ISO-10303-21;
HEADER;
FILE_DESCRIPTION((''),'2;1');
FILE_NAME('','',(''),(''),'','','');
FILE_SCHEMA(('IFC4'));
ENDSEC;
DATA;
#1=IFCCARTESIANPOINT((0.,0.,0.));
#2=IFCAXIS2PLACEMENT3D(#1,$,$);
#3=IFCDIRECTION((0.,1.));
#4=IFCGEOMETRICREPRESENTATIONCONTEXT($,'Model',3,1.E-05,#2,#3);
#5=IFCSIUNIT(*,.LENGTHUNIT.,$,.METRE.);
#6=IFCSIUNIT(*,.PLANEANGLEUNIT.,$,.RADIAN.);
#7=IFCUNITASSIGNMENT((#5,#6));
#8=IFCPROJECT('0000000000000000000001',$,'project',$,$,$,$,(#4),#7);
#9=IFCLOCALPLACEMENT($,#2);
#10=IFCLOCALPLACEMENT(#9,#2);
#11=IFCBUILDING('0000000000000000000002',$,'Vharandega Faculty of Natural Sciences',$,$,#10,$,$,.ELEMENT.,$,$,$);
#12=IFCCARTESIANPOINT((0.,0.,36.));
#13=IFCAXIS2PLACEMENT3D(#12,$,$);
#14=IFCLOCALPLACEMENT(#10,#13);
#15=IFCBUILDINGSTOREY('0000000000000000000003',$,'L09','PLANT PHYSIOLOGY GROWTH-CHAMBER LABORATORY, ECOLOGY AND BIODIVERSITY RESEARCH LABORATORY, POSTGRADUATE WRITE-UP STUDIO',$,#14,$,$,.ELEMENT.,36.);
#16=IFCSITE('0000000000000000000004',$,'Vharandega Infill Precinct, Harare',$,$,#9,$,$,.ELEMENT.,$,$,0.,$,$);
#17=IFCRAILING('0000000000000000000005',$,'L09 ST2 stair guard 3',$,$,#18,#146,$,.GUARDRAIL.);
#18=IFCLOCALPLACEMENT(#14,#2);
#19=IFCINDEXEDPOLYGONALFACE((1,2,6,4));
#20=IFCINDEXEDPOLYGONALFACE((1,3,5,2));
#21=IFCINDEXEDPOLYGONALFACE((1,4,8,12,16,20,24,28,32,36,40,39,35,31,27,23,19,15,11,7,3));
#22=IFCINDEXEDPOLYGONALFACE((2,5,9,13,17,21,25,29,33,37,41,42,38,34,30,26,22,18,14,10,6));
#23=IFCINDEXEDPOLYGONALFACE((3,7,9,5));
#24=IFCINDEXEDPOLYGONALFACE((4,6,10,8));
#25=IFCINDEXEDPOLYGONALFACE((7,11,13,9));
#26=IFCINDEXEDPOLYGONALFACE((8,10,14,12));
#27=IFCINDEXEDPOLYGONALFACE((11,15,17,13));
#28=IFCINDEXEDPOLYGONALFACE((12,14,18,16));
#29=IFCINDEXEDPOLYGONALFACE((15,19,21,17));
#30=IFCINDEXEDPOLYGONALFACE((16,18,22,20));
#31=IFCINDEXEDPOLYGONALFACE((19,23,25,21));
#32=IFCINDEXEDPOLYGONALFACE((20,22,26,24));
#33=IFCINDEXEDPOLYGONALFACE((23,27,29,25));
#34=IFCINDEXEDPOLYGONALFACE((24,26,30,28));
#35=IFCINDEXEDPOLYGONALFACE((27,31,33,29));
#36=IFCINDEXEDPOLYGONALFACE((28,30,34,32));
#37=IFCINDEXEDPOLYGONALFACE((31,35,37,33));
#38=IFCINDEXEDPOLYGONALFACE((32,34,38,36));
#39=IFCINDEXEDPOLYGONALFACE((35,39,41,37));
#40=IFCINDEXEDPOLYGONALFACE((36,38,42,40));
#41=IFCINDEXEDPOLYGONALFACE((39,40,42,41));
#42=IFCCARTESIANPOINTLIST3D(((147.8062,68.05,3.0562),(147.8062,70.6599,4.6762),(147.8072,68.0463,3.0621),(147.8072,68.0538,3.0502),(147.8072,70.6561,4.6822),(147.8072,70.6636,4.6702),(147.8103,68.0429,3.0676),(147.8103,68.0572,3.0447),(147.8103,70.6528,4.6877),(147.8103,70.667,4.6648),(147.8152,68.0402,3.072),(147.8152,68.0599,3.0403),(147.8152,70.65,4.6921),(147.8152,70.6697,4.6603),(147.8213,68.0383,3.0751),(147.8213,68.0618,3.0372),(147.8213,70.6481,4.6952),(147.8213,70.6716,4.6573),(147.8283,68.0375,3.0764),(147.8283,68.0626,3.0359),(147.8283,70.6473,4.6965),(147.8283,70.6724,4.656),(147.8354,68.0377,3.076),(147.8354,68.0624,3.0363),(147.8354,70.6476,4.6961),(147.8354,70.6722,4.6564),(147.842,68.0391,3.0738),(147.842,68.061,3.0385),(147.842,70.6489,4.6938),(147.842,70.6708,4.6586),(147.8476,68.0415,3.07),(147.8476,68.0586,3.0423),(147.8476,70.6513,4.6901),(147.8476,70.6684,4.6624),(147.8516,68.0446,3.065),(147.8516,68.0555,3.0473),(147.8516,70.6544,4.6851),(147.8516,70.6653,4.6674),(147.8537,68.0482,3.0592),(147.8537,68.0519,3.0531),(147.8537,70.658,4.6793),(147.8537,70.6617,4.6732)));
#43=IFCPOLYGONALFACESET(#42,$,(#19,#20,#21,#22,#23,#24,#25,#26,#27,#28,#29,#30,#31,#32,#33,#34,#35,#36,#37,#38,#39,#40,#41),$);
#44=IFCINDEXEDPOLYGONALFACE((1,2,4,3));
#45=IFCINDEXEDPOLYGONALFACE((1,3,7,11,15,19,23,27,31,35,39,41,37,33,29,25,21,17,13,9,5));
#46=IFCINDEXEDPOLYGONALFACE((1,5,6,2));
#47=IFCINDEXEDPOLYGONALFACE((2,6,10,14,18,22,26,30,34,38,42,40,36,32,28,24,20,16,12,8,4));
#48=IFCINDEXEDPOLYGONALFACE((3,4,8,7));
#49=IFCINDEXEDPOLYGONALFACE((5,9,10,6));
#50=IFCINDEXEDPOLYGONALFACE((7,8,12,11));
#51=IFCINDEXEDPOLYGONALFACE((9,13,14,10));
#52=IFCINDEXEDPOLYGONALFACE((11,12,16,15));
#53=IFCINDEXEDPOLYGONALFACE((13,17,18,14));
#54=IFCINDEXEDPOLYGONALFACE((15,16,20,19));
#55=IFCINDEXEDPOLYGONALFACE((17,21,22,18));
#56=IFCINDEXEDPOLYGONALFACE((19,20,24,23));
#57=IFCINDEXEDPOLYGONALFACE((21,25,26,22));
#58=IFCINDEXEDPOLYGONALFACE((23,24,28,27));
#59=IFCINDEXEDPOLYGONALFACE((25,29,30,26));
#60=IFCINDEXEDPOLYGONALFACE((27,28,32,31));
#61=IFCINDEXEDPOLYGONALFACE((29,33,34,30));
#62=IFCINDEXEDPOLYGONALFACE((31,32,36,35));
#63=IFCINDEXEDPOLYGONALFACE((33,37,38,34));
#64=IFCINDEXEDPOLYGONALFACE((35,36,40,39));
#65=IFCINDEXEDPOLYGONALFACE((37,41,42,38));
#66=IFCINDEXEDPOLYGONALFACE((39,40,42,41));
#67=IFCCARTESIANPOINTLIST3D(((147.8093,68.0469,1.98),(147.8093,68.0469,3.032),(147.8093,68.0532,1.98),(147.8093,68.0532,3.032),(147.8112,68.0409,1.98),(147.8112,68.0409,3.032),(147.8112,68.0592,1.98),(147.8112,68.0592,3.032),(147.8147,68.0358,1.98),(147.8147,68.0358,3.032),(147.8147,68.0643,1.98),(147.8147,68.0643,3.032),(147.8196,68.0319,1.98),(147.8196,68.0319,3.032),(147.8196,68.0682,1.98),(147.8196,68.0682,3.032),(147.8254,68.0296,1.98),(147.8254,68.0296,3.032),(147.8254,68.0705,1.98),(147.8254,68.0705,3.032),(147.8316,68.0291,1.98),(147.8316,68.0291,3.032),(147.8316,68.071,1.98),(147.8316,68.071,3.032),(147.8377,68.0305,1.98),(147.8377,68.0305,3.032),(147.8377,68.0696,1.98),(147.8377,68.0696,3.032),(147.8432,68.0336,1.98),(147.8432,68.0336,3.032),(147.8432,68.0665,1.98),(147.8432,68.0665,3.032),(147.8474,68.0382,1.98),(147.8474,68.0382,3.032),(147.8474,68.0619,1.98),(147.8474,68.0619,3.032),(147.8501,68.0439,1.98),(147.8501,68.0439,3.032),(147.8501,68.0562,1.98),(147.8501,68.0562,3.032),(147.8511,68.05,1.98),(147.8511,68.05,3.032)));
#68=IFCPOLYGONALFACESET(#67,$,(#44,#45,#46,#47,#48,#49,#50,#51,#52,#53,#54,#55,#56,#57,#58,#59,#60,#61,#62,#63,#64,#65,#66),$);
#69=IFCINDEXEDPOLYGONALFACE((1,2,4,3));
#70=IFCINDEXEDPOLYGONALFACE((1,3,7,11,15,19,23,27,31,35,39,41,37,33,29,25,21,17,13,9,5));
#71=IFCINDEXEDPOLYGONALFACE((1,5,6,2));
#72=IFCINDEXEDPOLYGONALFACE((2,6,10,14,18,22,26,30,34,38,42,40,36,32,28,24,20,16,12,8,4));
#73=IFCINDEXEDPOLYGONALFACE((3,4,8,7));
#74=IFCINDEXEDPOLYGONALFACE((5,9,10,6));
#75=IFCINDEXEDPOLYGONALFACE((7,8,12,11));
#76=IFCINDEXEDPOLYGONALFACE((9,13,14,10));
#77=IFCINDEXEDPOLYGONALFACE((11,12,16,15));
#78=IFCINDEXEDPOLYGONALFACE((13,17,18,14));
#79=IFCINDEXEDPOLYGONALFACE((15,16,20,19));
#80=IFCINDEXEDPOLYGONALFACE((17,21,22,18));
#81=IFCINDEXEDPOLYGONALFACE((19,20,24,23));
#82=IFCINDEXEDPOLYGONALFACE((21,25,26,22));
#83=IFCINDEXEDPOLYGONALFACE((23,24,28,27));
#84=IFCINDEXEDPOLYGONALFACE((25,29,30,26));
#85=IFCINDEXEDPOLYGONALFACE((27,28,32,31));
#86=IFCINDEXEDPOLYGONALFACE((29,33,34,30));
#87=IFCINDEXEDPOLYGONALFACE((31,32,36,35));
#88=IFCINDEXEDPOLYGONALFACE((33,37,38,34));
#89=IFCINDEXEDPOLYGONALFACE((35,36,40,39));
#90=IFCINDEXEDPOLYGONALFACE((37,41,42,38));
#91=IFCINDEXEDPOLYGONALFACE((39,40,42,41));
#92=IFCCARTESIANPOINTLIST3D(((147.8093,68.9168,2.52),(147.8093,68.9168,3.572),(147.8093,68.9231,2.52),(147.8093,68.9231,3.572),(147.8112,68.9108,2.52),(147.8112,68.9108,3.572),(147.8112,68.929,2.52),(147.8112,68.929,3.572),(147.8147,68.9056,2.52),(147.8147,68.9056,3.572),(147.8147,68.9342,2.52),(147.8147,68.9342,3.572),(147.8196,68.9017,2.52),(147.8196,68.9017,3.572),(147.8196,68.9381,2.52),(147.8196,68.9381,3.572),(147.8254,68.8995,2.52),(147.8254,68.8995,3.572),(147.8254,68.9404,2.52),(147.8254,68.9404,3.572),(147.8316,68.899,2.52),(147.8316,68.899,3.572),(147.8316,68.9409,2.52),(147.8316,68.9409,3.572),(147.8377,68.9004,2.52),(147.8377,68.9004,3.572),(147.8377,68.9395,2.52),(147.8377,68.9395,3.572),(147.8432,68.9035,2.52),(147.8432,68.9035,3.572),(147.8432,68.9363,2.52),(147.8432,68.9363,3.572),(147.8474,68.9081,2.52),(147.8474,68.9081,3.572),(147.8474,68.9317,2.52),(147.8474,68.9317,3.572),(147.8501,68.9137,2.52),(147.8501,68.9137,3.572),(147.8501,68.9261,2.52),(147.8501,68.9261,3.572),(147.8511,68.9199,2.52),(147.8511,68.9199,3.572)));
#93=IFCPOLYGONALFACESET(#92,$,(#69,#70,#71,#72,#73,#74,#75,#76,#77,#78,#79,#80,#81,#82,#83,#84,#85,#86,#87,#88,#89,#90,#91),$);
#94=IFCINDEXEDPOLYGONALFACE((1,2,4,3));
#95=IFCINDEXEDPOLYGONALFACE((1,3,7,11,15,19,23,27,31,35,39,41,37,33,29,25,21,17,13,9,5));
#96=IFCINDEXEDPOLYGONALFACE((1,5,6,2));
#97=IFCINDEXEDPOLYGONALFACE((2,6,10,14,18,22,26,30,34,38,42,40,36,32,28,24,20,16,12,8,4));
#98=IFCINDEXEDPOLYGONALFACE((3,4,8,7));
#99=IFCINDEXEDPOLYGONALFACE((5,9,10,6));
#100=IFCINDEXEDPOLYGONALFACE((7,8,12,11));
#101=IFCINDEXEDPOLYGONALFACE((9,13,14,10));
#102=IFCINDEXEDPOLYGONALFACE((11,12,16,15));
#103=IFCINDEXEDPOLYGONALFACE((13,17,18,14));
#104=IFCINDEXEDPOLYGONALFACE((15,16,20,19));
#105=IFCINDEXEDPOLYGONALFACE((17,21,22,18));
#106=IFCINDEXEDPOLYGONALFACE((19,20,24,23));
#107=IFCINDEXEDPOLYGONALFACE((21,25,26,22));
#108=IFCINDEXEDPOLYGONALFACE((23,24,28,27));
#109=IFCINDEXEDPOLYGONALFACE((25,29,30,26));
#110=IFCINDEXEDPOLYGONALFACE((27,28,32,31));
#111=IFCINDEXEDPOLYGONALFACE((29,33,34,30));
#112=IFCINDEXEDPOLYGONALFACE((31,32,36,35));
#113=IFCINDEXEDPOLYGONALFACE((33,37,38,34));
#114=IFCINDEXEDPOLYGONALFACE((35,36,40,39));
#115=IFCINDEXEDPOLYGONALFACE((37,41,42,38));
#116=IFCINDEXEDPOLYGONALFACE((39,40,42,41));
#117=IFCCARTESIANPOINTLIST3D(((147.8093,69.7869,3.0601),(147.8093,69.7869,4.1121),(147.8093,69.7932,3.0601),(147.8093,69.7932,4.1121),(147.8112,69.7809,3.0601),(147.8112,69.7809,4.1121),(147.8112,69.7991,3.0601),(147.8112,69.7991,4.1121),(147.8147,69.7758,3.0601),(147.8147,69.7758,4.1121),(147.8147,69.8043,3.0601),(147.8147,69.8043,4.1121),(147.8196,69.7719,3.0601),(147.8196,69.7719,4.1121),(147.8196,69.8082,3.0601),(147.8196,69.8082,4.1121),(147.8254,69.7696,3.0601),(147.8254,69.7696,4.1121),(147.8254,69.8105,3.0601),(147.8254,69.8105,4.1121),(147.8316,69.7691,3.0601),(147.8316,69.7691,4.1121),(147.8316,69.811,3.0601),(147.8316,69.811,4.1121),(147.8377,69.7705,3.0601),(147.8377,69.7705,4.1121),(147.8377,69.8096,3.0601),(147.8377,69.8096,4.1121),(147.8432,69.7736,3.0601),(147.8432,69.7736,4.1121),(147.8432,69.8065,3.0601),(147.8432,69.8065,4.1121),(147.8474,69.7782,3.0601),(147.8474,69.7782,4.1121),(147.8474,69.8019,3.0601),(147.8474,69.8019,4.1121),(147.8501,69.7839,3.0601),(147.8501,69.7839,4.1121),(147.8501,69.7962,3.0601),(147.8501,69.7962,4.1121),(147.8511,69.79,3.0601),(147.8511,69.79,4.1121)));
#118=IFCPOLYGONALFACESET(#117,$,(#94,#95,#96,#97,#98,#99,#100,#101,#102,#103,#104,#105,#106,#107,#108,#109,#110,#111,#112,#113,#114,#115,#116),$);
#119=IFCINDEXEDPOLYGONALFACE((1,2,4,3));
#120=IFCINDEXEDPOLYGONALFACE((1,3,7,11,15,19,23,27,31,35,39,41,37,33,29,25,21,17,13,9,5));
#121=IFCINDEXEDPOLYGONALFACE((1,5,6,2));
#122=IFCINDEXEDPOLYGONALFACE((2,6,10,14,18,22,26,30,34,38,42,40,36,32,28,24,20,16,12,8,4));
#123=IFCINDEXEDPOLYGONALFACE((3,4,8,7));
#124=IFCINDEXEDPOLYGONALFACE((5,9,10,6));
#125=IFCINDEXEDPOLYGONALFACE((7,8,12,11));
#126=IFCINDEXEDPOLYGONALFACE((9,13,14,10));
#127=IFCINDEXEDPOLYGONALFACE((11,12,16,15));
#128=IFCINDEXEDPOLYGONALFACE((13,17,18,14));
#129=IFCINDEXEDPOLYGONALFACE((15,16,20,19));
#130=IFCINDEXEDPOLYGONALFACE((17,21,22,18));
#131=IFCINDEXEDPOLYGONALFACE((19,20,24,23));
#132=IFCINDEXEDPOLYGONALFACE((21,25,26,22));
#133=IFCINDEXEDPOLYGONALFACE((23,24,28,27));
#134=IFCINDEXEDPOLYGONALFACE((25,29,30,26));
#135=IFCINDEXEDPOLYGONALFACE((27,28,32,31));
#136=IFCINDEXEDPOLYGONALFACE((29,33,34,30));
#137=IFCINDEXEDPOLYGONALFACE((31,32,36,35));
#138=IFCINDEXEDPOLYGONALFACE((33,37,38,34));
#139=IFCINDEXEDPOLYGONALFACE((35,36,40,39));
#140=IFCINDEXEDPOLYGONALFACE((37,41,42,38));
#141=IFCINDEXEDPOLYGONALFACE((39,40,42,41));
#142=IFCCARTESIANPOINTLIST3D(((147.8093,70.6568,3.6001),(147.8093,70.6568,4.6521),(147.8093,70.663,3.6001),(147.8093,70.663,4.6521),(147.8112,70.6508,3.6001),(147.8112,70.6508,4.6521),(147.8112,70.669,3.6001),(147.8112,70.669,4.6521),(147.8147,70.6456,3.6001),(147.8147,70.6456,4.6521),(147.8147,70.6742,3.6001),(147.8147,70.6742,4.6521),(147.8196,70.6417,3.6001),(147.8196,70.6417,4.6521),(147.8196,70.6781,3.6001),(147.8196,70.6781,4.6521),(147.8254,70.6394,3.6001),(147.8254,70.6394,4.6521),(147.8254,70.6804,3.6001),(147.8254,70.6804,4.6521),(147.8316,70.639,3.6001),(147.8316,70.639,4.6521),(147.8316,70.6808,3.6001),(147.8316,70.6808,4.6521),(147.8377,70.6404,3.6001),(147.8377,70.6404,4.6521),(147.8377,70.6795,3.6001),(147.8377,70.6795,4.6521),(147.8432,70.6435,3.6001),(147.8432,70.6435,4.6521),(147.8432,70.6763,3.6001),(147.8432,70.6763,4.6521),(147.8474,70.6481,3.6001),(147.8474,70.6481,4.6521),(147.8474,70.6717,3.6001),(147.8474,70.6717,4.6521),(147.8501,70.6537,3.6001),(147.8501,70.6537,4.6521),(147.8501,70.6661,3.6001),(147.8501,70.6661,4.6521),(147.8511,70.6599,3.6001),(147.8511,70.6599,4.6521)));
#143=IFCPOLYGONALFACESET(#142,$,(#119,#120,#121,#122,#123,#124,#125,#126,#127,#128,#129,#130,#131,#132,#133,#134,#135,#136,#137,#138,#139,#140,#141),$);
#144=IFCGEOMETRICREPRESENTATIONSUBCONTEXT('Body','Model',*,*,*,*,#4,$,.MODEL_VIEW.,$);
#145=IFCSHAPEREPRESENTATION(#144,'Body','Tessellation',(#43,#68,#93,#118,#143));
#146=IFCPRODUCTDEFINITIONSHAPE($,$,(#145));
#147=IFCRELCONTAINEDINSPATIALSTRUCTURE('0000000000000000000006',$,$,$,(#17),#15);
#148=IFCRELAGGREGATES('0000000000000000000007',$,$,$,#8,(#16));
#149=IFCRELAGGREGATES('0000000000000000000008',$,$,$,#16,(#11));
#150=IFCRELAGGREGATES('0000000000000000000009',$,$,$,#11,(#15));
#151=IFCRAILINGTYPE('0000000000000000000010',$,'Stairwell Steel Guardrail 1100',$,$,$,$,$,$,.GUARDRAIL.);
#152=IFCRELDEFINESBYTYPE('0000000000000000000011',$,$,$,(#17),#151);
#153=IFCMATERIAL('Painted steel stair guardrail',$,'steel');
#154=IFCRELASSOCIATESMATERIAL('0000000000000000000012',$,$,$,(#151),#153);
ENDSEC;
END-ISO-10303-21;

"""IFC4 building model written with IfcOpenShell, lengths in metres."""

from ifc_helpers import new_model, si_unit, direction, frame, origin, origin_2d, place, context, subcontext, project, spatial, circle, extrude, material, type_object, element, save


model = new_model("IFC4")

# Units and contexts
model_context = context("Model", 3, precision=1e-05, world=origin(), true_north=direction((0.0, 1.0)))
body_context = subcontext(model_context, "Body", "Model", "MODEL_VIEW")
ifc_project = project(units=[si_unit("LENGTHUNIT", "METRE"), si_unit("PLANEANGLEUNIT", "RADIAN")], contexts=[model_context])

# Site, building, storey
site_placement = place(None, origin())
site = spatial("IfcSite", under=ifc_project, at=site_placement, Name="Vharandega Infill Precinct, Harare", CompositionType="ELEMENT", RefElevation=0.0)
building_placement = place(site_placement, origin())
building = spatial("IfcBuilding", under=site, at=building_placement, Name="Vharandega Faculty of Natural Sciences", CompositionType="ELEMENT")
storey_placement = place(building_placement, frame((0.0, 0.0, 36.0)))
storey = spatial("IfcBuildingStorey", under=building, at=storey_placement, Name="L09", Description="PLANT PHYSIOLOGY GROWTH-CHAMBER LABORATORY, ECOLOGY AND BIODIVERSITY RESEARCH LABORATORY, POSTGRADUATE WRITE-UP STUDIO", CompositionType="ELEMENT", Elevation=36.0)

# Railing
ifc_material_1 = material(Name="Painted steel stair guardrail", Category="steel")
railing_type_1 = type_object("IfcRailingType", Name="Stairwell Steel Guardrail 1100", PredefinedType="GUARDRAIL", material=ifc_material_1)
railing_1_placement = place(storey_placement, frame((147.8301, 68.05, 1.98)))
element("IfcRailing", 1, at=railing_1_placement, inside=storey, type_object=railing_type_1, Name="L09 ST2 stair guard 3", PredefinedType="GUARDRAIL", context=body_context, shape_type="SweptSolid", body=[
    extrude(circle(Radius=0.0239, at=origin_2d()), frame((0.0, 0.0, 1.0762), z_axis=(0.0, 0.849611, 0.52741), x_axis=(-1.0, 0.0, 0.0)), (0.0, 0.0, 1.0), 3.0718),
    extrude(circle(Radius=0.021, at=origin_2d()), origin(), (0.0, 0.0, 1.0), 1.052),
    extrude(circle(Radius=0.021, at=origin_2d()), frame((0.0, 0.8699, 0.54)), (0.0, 0.0, 1.0), 1.052),
    extrude(circle(Radius=0.021, at=origin_2d()), frame((0.0, 1.74, 1.0801)), (0.0, 0.0, 1.0), 1.052),
    extrude(circle(Radius=0.021, at=origin_2d()), frame((0.0, 2.6099, 1.6201)), (0.0, 0.0, 1.0), 1.052),
])

save(model, "model.ifc")
